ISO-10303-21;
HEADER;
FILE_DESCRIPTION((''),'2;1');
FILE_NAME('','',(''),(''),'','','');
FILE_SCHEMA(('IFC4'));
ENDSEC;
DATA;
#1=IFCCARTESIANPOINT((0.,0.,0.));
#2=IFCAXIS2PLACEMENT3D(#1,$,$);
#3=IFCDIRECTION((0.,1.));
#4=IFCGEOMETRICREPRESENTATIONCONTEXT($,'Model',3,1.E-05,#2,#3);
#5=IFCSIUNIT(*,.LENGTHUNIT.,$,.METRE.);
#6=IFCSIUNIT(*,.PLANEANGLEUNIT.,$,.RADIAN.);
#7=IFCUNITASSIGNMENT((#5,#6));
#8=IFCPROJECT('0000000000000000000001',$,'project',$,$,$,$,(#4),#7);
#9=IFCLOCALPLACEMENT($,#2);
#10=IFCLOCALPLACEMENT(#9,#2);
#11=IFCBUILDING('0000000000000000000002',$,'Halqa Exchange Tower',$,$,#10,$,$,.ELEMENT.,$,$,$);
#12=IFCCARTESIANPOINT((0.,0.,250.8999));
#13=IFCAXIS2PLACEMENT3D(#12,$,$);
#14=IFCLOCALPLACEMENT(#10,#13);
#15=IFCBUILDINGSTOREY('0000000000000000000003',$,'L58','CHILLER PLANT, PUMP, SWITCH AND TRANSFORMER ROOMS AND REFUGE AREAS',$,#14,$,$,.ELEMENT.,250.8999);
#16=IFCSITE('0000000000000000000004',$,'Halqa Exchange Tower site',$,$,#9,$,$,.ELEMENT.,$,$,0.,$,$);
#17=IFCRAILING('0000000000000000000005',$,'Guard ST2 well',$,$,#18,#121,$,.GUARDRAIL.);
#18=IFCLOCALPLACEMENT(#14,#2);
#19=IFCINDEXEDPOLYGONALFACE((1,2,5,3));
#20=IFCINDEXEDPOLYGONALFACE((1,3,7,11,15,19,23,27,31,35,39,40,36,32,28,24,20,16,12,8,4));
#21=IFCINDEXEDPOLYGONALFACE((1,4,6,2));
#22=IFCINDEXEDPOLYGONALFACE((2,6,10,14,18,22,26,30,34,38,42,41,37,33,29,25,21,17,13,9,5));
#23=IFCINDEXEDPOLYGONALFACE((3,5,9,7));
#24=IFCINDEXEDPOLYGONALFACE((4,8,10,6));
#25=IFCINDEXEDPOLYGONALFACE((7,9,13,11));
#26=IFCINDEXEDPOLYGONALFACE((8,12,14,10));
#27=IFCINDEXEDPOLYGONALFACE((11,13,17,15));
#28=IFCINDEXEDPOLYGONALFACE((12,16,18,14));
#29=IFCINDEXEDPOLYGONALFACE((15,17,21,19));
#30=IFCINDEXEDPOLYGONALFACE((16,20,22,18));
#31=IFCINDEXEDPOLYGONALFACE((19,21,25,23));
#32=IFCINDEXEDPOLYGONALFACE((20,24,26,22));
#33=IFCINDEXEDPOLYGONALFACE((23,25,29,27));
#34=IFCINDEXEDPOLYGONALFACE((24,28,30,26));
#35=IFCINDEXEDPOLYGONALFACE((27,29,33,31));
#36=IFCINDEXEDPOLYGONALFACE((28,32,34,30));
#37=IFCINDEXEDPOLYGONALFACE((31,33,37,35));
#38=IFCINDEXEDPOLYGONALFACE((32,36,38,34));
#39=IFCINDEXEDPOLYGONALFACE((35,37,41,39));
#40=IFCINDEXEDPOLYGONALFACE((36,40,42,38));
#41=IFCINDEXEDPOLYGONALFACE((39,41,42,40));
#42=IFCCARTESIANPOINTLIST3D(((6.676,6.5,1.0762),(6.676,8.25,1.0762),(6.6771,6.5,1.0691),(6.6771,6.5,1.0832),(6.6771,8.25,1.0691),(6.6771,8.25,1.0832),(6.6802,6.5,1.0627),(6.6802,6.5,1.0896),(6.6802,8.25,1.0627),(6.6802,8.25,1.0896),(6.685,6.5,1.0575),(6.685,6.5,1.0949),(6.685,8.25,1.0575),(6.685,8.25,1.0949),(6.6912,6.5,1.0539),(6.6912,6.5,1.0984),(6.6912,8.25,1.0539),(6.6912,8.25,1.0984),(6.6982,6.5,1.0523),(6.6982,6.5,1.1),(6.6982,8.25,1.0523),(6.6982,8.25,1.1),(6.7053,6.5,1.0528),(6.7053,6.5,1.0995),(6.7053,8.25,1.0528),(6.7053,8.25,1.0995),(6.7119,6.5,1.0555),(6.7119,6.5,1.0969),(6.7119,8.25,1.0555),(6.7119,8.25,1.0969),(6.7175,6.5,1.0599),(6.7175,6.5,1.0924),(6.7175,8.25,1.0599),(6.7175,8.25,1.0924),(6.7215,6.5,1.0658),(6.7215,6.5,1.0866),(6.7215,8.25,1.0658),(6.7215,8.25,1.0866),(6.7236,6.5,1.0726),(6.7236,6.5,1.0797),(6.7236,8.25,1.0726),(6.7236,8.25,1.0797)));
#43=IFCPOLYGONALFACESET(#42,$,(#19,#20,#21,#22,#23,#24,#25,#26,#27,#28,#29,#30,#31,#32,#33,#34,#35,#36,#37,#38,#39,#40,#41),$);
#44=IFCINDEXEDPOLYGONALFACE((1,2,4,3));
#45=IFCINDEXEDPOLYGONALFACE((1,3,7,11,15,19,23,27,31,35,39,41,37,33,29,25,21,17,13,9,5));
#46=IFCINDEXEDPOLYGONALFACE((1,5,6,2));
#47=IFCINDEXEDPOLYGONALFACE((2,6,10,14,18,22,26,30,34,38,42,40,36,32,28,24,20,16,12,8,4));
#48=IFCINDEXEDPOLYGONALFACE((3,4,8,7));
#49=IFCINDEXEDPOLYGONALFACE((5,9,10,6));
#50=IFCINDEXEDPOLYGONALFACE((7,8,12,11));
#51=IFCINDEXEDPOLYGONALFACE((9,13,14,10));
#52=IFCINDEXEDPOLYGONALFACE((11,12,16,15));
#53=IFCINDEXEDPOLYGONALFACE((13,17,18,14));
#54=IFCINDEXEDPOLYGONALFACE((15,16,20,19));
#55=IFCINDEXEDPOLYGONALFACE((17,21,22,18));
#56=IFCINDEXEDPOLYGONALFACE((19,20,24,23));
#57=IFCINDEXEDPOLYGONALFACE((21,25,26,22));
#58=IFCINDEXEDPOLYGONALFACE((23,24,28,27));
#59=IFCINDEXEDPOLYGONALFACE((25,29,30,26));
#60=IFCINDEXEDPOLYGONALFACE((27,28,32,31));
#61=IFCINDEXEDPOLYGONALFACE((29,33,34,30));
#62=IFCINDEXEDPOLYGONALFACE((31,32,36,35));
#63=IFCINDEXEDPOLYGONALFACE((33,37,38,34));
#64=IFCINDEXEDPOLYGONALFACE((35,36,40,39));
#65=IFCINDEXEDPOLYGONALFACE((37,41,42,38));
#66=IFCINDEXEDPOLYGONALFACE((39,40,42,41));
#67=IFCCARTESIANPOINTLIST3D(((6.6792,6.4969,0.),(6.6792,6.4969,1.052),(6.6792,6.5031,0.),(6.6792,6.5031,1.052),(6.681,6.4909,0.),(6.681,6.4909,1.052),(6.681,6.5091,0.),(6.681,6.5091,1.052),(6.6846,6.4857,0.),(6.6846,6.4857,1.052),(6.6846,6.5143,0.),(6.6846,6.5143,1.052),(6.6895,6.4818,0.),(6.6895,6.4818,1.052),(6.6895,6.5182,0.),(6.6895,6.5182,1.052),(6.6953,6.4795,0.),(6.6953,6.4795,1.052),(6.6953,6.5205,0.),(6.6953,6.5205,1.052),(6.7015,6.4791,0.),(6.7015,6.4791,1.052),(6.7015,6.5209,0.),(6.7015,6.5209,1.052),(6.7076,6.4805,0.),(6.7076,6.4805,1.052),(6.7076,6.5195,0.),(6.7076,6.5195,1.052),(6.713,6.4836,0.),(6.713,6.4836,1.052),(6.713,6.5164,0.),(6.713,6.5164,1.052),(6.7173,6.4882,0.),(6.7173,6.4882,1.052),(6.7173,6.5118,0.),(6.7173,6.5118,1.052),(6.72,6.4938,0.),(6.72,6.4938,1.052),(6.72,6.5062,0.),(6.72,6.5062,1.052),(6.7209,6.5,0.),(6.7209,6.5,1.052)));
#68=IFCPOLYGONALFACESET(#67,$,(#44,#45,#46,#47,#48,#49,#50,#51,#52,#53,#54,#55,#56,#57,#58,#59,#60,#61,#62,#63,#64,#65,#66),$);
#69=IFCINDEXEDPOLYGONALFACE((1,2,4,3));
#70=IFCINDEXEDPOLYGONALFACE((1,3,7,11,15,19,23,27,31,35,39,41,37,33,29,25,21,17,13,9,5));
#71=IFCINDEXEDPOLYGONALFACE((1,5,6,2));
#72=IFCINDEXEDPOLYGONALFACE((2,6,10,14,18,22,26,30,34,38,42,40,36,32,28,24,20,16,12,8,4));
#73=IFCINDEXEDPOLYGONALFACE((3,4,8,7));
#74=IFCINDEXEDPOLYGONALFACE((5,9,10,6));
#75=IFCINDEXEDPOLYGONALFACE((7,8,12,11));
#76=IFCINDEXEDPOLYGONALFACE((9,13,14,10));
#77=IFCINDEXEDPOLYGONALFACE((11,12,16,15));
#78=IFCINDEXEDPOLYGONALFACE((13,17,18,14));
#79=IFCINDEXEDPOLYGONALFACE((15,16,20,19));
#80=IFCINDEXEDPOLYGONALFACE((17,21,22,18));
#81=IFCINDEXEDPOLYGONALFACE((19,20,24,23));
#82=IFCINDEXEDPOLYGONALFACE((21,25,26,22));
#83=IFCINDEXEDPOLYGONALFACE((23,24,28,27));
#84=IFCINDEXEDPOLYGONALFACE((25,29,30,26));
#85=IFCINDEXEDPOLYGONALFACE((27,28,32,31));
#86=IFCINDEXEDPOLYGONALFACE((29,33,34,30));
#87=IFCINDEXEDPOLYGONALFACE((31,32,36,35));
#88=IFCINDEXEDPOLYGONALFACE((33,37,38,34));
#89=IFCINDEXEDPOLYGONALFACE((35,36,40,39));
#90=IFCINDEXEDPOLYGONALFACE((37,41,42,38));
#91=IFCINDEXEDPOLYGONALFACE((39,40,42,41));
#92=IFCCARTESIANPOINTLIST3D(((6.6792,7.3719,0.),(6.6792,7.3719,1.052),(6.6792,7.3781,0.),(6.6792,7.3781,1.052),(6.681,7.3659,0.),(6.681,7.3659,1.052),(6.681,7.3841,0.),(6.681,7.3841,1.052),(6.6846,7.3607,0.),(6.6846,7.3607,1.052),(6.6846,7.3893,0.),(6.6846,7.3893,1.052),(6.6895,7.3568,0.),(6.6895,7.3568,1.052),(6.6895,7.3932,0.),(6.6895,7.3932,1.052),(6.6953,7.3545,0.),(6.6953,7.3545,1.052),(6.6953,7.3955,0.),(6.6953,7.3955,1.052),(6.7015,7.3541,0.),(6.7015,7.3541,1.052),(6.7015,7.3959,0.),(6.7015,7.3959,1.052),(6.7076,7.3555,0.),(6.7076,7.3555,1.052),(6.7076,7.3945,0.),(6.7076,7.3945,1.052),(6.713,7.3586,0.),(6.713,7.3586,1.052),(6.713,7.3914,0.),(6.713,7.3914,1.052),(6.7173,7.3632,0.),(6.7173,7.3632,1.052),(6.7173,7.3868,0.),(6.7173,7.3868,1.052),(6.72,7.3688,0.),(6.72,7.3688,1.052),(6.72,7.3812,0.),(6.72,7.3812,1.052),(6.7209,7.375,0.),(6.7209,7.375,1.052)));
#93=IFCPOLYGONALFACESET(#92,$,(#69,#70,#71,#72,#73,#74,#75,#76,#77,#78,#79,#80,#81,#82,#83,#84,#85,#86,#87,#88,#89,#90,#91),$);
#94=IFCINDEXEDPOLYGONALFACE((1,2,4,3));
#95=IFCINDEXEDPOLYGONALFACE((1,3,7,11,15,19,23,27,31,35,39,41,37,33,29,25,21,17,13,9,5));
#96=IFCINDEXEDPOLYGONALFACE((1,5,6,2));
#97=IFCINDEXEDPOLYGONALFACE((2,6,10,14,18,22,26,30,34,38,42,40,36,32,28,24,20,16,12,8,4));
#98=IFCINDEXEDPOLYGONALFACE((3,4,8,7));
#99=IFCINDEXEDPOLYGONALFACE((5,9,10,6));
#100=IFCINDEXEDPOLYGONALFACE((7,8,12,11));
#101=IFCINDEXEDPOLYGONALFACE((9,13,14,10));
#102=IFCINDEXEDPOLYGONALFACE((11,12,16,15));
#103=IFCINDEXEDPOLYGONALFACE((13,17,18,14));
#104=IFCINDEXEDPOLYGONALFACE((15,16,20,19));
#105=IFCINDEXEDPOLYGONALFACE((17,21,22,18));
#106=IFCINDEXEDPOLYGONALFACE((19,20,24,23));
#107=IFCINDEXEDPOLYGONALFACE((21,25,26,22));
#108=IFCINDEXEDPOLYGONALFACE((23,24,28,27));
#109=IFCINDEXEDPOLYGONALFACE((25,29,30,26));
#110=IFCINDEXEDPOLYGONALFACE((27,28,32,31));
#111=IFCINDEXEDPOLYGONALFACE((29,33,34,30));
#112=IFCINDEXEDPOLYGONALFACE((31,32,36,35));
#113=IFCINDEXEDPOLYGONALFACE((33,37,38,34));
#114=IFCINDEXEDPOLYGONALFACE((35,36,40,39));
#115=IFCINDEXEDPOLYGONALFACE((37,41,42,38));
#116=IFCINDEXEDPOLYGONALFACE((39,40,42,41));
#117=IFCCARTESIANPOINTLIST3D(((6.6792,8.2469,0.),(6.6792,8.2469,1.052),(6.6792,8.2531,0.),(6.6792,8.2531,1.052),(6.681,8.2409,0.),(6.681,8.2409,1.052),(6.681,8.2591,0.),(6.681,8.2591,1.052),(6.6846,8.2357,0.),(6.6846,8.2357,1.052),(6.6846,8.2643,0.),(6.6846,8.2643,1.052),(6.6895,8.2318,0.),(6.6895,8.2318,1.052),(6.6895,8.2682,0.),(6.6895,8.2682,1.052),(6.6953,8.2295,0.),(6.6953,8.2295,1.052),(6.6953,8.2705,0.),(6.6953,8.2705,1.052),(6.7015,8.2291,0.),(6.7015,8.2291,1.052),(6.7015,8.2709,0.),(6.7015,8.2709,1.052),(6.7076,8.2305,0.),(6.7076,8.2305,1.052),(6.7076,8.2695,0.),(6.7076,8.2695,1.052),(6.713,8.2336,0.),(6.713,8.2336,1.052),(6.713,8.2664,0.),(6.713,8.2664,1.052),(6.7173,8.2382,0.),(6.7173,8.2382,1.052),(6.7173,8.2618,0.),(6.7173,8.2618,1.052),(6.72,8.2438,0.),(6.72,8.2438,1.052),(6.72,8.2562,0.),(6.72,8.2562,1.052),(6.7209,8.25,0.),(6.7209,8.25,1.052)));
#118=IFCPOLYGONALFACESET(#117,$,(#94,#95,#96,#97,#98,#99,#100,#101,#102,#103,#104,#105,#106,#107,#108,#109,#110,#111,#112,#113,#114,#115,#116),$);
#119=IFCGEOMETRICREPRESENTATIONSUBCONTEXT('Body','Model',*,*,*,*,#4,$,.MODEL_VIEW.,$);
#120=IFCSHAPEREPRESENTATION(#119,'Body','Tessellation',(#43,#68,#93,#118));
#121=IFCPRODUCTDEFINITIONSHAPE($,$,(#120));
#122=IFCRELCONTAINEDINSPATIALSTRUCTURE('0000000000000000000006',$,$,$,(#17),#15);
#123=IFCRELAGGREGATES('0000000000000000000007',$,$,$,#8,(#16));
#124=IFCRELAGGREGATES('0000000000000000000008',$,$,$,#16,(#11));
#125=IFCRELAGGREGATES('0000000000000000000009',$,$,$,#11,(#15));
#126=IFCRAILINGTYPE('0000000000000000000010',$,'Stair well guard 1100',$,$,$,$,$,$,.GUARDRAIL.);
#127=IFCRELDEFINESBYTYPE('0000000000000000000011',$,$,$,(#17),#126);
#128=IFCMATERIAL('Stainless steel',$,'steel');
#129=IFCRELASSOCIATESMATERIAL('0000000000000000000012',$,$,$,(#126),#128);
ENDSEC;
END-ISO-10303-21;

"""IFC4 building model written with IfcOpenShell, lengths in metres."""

from ifc_helpers import new_model, si_unit, direction, frame, origin, origin_2d, place, context, subcontext, project, spatial, circle, extrude, material, type_object, element, save


model = new_model("IFC4")

# Units and contexts
model_context = context("Model", 3, precision=1e-05, world=origin(), true_north=direction((0.0, 1.0)))
body_context = subcontext(model_context, "Body", "Model", "MODEL_VIEW")
ifc_project = project(units=[si_unit("LENGTHUNIT", "METRE"), si_unit("PLANEANGLEUNIT", "RADIAN")], contexts=[model_context])

# Site, building, storey
site_placement = place(None, origin())
site = spatial("IfcSite", under=ifc_project, at=site_placement, Name="Halqa Exchange Tower site", CompositionType="ELEMENT", RefElevation=0.0)
building_placement = place(site_placement, origin())
building = spatial("IfcBuilding", under=site, at=building_placement, Name="Halqa Exchange Tower", CompositionType="ELEMENT")
storey_placement = place(building_placement, frame((0.0, 0.0, 250.8999)))
storey = spatial("IfcBuildingStorey", under=building, at=storey_placement, Name="L58", Description="CHILLER PLANT, PUMP, SWITCH AND TRANSFORMER ROOMS AND REFUGE AREAS", CompositionType="ELEMENT", Elevation=250.8999)

# Railing
ifc_material_1 = material(Name="Stainless steel", Category="steel")
railing_type_1 = type_object("IfcRailingType", Name="Stair well guard 1100", PredefinedType="GUARDRAIL", material=ifc_material_1)
railing_1_placement = place(storey_placement, frame((6.7, 6.5, 0.0)))
element("IfcRailing", 1, at=railing_1_placement, inside=storey, type_object=railing_type_1, Name="Guard ST2 well", PredefinedType="GUARDRAIL", context=body_context, shape_type="SweptSolid", body=[
    extrude(circle(Radius=0.0239, at=origin_2d()), frame((0.0, 0.0, 1.0762), z_axis=(0.0, 1.0, 0.0), x_axis=(-1.0, 0.0, 0.0)), (0.0, 0.0, 1.0), 1.75),
    extrude(circle(Radius=0.021, at=origin_2d()), origin(), (0.0, 0.0, 1.0), 1.052),
    extrude(circle(Radius=0.021, at=origin_2d()), frame((0.0, 0.875, 0.0)), (0.0, 0.0, 1.0), 1.052),
    extrude(circle(Radius=0.021, at=origin_2d()), frame((0.0, 1.75, 0.0)), (0.0, 0.0, 1.0), 1.052),
])

save(model, "model.ifc")
